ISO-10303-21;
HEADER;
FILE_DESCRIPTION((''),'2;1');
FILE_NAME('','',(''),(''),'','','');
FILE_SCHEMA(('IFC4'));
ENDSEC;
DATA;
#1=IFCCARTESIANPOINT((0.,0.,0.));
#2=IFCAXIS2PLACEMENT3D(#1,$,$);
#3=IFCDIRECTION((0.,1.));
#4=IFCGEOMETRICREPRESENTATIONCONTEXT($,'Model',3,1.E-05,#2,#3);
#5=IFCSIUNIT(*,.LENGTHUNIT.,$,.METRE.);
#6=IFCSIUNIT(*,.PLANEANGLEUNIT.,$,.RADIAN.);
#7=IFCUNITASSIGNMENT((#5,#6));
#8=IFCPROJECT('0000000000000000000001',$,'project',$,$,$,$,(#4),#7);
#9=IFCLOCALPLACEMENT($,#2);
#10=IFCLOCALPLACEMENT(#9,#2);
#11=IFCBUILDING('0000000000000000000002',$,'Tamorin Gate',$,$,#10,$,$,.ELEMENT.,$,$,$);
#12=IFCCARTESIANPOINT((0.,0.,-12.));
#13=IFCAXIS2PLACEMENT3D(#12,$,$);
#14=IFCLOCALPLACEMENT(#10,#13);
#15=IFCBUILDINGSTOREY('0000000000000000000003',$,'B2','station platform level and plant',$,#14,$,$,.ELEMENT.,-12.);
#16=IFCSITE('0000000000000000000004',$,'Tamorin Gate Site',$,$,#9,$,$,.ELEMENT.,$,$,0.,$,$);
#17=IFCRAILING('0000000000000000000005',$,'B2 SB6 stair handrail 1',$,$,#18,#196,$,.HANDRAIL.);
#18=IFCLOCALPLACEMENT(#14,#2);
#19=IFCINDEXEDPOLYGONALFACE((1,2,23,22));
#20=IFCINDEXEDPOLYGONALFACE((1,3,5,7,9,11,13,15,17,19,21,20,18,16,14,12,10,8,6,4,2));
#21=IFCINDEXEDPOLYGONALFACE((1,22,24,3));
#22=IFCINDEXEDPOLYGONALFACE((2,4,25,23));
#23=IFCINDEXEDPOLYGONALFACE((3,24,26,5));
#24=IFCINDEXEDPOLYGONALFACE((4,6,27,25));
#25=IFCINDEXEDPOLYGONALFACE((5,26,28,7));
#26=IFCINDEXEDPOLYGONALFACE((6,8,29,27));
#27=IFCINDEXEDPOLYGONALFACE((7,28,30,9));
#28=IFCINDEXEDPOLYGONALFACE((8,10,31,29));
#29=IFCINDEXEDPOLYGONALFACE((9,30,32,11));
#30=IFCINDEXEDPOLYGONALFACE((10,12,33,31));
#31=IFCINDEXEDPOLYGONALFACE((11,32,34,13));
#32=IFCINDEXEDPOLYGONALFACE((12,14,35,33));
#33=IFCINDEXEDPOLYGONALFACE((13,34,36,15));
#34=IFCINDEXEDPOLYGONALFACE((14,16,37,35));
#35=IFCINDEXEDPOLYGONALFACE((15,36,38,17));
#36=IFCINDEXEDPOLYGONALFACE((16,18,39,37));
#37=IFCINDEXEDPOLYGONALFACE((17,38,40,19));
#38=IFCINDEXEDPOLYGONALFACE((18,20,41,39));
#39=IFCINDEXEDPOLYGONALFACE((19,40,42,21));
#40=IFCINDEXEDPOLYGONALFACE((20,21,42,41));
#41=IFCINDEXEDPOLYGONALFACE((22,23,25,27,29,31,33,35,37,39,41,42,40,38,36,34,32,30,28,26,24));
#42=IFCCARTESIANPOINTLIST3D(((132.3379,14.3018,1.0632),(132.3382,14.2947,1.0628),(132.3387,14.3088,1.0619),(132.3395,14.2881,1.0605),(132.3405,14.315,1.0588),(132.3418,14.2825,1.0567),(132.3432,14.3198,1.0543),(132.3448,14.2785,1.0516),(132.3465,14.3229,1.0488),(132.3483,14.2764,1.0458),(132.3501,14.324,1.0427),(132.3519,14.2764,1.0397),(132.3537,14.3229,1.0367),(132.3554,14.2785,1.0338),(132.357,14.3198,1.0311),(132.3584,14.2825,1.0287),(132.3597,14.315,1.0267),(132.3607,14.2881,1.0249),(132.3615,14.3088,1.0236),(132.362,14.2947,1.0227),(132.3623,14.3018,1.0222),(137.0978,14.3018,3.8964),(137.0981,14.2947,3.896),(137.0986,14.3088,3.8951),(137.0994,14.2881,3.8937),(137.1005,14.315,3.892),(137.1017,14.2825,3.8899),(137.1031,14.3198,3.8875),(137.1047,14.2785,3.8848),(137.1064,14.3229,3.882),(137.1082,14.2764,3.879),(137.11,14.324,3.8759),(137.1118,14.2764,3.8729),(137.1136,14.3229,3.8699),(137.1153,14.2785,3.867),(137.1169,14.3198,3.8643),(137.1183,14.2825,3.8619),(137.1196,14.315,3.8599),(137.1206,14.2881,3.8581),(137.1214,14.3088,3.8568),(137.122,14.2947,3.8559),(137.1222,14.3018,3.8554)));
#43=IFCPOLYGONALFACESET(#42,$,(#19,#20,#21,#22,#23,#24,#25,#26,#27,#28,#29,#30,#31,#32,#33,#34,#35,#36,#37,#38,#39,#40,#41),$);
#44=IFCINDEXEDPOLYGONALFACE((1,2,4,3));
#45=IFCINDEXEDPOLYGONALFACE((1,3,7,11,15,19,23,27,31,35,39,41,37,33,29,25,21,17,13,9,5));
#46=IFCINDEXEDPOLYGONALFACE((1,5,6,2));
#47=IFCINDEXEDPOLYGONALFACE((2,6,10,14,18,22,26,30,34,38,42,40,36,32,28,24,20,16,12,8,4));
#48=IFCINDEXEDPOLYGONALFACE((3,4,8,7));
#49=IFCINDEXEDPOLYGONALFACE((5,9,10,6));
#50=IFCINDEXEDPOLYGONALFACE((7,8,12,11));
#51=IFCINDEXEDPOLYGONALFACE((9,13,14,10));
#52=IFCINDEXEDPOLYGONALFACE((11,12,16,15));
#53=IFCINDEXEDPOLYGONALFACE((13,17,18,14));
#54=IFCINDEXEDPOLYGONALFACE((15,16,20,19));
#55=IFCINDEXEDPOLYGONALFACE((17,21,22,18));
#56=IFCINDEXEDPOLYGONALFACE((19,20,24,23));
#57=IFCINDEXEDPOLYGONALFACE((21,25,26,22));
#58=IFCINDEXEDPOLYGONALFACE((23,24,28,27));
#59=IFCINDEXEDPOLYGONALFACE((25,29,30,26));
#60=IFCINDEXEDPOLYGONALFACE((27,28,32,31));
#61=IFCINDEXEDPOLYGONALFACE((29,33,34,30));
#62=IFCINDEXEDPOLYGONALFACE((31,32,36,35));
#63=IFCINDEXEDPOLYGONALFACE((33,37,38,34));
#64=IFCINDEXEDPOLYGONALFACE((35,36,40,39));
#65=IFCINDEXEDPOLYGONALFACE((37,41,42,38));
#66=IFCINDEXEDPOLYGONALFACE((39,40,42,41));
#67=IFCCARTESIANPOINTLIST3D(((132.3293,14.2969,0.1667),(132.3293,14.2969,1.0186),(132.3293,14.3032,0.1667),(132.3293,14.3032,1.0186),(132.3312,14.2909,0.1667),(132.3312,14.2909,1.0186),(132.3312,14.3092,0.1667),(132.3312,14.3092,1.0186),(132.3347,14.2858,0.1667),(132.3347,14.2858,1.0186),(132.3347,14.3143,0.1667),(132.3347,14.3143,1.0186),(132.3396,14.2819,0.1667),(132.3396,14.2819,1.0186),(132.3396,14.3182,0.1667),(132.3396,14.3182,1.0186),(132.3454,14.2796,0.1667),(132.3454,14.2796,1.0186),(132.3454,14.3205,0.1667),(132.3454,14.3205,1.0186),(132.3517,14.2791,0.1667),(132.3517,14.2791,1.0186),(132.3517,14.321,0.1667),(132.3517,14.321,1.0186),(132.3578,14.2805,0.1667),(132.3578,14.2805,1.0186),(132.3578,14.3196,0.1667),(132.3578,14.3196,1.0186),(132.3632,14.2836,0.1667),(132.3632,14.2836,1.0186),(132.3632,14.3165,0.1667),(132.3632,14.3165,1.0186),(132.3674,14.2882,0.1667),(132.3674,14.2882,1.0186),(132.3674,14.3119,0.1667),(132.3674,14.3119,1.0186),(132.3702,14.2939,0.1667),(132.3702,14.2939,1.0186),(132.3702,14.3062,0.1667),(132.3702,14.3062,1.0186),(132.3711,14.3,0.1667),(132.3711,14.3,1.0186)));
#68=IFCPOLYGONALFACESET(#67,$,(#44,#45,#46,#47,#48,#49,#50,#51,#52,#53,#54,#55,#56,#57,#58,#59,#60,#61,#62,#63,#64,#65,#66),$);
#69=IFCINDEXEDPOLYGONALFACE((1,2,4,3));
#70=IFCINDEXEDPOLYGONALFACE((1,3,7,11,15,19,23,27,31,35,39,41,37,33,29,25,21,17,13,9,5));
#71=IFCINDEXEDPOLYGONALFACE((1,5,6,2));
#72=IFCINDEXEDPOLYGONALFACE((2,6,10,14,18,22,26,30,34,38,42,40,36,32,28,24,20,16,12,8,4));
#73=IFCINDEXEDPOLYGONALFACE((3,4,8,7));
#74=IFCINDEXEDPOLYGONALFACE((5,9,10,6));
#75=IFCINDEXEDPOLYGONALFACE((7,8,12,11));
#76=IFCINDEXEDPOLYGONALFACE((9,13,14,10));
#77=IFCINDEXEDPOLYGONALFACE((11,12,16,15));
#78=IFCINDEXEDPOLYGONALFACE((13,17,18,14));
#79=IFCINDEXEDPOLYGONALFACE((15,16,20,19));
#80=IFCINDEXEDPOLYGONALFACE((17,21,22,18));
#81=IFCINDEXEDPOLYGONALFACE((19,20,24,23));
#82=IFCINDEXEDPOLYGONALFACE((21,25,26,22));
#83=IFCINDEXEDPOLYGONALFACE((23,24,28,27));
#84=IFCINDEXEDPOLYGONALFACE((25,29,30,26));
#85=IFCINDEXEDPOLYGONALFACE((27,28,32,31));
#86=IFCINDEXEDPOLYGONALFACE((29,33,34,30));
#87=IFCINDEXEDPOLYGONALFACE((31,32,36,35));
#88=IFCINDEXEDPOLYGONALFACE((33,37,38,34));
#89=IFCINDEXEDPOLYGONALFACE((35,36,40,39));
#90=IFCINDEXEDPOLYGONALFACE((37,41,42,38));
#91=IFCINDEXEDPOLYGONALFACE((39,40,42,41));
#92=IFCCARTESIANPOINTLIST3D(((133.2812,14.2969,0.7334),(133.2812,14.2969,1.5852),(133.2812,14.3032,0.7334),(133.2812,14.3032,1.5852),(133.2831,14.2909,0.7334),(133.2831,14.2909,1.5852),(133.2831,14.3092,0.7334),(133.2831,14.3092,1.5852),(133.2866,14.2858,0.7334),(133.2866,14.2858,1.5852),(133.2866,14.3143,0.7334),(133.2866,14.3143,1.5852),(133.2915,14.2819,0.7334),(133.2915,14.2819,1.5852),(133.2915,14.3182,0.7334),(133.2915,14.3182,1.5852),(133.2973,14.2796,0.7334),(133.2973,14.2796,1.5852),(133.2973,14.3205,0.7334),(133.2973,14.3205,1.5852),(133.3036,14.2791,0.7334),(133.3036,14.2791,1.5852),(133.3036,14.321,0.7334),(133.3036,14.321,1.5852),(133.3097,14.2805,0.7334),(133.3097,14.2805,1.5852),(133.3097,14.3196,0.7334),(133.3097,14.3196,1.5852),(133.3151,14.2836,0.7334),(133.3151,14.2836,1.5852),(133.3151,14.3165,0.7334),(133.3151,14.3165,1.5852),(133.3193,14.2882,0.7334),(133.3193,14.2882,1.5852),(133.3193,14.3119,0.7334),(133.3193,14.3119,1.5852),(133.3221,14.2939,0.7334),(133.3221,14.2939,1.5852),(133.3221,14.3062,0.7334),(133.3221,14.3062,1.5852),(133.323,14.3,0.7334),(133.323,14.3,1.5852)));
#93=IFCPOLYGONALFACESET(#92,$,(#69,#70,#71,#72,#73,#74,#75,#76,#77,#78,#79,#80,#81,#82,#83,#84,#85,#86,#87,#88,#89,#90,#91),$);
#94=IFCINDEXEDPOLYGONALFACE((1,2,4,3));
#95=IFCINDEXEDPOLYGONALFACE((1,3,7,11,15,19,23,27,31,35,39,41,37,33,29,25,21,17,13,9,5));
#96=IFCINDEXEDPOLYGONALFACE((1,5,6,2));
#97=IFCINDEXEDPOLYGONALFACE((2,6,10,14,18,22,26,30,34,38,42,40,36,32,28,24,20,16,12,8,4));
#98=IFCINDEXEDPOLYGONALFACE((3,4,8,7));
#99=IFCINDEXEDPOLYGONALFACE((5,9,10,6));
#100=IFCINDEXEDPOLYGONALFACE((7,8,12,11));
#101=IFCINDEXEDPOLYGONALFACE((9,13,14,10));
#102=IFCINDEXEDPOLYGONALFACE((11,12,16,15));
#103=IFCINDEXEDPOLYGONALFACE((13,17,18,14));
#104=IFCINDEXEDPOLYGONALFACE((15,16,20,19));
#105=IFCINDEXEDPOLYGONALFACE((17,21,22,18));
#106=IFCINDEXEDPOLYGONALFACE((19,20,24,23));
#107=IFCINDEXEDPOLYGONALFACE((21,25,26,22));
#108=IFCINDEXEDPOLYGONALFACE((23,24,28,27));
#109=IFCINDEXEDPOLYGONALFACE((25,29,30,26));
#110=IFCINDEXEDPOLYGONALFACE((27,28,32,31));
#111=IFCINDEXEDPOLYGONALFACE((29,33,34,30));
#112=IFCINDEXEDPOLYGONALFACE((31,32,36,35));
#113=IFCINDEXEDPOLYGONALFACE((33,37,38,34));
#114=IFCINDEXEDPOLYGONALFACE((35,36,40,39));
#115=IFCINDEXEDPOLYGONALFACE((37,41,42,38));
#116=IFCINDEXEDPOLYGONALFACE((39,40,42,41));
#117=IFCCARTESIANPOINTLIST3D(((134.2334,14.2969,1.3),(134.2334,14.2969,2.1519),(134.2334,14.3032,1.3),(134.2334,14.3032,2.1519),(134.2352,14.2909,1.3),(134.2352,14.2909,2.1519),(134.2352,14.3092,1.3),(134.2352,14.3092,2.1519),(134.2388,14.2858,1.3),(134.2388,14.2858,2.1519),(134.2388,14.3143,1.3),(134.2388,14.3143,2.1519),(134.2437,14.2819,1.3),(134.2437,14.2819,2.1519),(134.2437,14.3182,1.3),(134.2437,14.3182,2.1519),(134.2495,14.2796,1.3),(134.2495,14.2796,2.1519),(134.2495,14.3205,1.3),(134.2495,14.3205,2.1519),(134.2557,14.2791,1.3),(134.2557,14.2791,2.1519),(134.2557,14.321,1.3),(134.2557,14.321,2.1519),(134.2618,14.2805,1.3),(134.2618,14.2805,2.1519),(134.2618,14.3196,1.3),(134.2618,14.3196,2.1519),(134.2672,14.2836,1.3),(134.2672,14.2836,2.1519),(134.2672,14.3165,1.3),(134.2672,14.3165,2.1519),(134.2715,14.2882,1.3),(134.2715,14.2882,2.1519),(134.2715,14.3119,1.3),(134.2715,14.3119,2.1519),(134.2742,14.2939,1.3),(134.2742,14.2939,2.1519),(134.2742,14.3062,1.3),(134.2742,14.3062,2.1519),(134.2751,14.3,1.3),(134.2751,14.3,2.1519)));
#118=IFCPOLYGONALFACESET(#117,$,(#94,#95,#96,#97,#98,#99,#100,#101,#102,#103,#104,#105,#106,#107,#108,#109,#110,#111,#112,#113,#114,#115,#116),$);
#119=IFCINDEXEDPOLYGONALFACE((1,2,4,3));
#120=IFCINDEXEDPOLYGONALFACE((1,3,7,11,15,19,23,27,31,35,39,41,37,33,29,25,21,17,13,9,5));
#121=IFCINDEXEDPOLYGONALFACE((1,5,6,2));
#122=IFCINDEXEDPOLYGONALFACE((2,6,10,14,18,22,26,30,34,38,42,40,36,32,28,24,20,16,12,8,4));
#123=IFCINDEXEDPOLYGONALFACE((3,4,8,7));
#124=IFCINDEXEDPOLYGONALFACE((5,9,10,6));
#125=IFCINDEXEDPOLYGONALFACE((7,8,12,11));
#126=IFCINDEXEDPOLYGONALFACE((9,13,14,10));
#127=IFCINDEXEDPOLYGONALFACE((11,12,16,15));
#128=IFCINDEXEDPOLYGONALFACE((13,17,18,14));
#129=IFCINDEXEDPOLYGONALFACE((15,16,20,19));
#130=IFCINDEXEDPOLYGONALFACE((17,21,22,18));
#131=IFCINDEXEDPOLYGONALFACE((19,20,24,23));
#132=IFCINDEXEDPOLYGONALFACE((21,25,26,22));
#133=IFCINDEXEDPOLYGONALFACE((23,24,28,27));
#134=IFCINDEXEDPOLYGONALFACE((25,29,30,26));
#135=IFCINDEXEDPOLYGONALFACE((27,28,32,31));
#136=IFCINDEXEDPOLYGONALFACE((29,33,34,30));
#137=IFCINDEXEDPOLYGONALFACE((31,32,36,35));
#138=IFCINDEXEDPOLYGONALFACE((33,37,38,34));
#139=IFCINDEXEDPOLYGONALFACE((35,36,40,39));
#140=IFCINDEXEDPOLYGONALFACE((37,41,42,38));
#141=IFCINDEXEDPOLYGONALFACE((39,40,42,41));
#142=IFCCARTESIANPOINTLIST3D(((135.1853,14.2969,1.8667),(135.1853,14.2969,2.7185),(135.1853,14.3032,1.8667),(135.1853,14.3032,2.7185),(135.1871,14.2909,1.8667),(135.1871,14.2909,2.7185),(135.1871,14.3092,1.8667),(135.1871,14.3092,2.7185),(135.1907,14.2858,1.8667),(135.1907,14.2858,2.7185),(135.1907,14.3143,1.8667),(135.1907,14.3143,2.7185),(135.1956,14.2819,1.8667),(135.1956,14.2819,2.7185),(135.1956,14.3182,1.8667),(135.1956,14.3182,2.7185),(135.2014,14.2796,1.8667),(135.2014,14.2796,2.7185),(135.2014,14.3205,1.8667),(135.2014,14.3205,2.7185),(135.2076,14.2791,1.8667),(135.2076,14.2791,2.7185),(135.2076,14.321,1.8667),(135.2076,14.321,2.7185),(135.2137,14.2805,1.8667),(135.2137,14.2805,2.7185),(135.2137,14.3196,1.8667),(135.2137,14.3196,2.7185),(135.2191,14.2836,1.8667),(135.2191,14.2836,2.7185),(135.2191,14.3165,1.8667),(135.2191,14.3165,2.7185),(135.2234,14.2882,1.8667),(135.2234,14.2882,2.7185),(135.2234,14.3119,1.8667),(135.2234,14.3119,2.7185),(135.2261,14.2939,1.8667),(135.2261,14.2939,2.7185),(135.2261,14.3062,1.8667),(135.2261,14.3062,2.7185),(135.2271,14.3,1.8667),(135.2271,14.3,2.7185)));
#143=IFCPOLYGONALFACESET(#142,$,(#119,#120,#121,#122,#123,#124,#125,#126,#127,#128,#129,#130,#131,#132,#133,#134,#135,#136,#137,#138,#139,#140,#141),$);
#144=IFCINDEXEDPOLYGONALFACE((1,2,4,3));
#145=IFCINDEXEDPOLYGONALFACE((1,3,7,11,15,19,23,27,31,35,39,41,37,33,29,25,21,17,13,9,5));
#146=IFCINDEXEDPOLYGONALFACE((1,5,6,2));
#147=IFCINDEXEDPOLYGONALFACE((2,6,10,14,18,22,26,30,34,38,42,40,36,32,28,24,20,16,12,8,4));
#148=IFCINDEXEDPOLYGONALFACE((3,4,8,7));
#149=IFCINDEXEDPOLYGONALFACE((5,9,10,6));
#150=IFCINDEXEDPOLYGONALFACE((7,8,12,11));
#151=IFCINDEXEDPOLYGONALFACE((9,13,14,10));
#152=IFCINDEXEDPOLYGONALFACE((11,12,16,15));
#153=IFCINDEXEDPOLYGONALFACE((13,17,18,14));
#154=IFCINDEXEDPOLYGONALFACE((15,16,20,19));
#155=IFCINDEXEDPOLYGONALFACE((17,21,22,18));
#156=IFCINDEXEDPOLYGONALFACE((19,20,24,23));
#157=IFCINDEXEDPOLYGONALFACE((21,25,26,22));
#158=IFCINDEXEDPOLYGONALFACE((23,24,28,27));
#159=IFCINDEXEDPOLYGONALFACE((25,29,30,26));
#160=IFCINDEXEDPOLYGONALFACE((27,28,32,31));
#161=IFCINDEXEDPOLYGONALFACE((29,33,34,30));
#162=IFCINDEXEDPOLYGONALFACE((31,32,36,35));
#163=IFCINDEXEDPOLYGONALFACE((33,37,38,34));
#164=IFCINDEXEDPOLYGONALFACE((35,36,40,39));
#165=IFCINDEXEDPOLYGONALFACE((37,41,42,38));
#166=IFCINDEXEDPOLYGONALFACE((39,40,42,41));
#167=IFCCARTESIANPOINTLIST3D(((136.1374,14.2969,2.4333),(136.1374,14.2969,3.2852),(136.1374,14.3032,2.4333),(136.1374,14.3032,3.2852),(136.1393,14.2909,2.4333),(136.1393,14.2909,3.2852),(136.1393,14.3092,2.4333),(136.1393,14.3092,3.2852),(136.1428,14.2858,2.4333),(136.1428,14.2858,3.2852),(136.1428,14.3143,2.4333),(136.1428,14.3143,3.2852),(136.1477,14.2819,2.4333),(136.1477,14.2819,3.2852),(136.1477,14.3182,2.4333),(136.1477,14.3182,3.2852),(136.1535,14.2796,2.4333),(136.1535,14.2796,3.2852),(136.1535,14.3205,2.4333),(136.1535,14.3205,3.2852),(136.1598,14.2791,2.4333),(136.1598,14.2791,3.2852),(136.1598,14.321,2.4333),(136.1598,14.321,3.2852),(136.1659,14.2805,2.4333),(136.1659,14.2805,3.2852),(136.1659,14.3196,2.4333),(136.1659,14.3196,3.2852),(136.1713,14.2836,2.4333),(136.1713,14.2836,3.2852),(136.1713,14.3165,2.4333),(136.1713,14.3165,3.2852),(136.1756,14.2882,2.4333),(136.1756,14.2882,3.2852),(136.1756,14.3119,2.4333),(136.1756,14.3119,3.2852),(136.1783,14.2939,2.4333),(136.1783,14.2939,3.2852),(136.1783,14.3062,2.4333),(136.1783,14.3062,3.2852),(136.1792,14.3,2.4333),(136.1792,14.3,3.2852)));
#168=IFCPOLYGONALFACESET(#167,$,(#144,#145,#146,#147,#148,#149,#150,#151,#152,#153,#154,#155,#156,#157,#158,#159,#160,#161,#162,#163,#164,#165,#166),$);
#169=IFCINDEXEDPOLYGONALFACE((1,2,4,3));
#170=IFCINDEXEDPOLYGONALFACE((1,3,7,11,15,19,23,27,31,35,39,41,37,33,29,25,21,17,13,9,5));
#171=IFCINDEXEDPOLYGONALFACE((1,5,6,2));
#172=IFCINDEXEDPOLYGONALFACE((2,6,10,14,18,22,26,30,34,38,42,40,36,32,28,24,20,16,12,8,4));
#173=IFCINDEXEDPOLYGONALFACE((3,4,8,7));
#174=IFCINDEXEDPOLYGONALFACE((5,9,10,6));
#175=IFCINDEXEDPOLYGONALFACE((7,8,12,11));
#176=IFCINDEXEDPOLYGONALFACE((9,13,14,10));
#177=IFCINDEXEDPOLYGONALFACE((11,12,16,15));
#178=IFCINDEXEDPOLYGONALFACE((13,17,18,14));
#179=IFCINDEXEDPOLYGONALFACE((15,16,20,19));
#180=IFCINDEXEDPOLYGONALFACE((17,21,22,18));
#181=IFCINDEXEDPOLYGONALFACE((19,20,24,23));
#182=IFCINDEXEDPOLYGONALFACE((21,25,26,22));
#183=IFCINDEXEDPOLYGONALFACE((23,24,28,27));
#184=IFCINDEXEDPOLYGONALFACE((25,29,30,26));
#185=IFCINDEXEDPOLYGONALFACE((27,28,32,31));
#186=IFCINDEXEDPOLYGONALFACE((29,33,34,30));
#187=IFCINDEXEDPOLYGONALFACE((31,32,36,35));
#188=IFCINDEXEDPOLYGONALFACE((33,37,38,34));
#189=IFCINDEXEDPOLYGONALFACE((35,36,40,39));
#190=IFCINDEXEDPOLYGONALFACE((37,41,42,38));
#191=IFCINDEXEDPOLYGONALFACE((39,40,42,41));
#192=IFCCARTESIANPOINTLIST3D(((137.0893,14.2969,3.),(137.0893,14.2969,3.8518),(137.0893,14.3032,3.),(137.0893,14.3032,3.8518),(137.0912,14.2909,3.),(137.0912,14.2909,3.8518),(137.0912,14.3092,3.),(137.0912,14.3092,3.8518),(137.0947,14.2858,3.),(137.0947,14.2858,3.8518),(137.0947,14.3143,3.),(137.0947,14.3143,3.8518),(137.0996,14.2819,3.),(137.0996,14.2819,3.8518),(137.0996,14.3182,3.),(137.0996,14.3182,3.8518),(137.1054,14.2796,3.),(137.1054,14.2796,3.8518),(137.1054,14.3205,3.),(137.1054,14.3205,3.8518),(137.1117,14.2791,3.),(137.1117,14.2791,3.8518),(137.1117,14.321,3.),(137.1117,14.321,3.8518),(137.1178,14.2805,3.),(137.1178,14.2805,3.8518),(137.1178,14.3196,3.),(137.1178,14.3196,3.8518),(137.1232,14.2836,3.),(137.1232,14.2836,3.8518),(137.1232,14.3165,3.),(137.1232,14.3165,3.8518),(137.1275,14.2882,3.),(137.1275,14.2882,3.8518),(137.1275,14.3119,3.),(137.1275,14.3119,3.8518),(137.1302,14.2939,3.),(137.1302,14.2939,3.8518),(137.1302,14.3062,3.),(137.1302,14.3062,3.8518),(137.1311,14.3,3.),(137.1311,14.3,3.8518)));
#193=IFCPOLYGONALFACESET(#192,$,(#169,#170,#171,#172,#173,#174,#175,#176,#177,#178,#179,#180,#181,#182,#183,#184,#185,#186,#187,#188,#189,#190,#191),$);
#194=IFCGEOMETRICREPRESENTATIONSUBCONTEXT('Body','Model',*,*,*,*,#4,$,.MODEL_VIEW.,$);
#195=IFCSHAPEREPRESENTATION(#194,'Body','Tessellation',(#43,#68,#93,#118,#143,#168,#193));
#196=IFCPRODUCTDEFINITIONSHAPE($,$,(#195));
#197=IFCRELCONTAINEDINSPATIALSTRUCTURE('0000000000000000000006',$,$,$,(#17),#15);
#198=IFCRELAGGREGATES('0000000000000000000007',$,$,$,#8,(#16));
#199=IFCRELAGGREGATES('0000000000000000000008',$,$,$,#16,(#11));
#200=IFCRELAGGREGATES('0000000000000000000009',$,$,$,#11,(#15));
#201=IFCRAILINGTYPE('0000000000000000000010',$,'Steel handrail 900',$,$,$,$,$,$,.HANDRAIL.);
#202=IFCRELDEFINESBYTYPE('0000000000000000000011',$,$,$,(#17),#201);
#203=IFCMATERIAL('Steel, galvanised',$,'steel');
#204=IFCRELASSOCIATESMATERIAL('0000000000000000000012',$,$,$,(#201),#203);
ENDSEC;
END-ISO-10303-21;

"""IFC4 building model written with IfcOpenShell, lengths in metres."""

from ifc_helpers import new_model, si_unit, direction, frame, origin, origin_2d, place, context, subcontext, project, spatial, circle, extrude, material, type_object, element, save


model = new_model("IFC4")

# Units and contexts
model_context = context("Model", 3, precision=1e-05, world=origin(), true_north=direction((0.0, 1.0)))
body_context = subcontext(model_context, "Body", "Model", "MODEL_VIEW")
ifc_project = project(units=[si_unit("LENGTHUNIT", "METRE"), si_unit("PLANEANGLEUNIT", "RADIAN")], contexts=[model_context])

# Site, building, storey
site_placement = place(None, origin())
site = spatial("IfcSite", under=ifc_project, at=site_placement, Name="Tamorin Gate Site", CompositionType="ELEMENT", RefElevation=0.0)
building_placement = place(site_placement, origin())
building = spatial("IfcBuilding", under=site, at=building_placement, Name="Tamorin Gate", CompositionType="ELEMENT")
storey_placement = place(building_placement, frame((0.0, 0.0, -12.0)))
storey = spatial("IfcBuildingStorey", under=building, at=storey_placement, Name="B2", Description="station platform level and plant", CompositionType="ELEMENT", Elevation=-12.0)

# Railing
ifc_material_1 = material(Name="Steel, galvanised", Category="steel")
railing_type_1 = type_object("IfcRailingType", Name="Steel handrail 900", PredefinedType="HANDRAIL", material=ifc_material_1)
railing_1_placement = place(storey_placement, frame((132.3501, 14.3, 0.1667)))
element("IfcRailing", 1, at=railing_1_placement, inside=storey, type_object=railing_type_1, Name="B2 SB6 stair handrail 1", PredefinedType="HANDRAIL", context=body_context, shape_type="SweptSolid", body=[
    extrude(circle(Radius=0.0239, at=origin_2d()), frame((0.0, 0.0, 0.876), z_axis=(0.8593, 0.0, 0.511472), x_axis=(0.0, 1.0, 0.0)), (0.0, 0.0, 1.0), 5.5393),
    extrude(circle(Radius=0.021, at=origin_2d()), origin(), (0.0, 0.0, 1.0), 0.8518),
    extrude(circle(Radius=0.021, at=origin_2d()), frame((0.9519, 0.0, 0.5667)), (0.0, 0.0, 1.0), 0.8518),
    extrude(circle(Radius=0.021, at=origin_2d()), frame((1.9041, 0.0, 1.1333)), (0.0, 0.0, 1.0), 0.8518),
    extrude(circle(Radius=0.021, at=origin_2d()), frame((2.856, 0.0, 1.7)), (0.0, 0.0, 1.0), 0.8518),
    extrude(circle(Radius=0.021, at=origin_2d()), frame((3.8081, 0.0, 2.2666)), (0.0, 0.0, 1.0), 0.8518),
    extrude(circle(Radius=0.021, at=origin_2d()), frame((4.76, 0.0, 2.8333)), (0.0, 0.0, 1.0), 0.8518),
])

save(model, "model.ifc")
